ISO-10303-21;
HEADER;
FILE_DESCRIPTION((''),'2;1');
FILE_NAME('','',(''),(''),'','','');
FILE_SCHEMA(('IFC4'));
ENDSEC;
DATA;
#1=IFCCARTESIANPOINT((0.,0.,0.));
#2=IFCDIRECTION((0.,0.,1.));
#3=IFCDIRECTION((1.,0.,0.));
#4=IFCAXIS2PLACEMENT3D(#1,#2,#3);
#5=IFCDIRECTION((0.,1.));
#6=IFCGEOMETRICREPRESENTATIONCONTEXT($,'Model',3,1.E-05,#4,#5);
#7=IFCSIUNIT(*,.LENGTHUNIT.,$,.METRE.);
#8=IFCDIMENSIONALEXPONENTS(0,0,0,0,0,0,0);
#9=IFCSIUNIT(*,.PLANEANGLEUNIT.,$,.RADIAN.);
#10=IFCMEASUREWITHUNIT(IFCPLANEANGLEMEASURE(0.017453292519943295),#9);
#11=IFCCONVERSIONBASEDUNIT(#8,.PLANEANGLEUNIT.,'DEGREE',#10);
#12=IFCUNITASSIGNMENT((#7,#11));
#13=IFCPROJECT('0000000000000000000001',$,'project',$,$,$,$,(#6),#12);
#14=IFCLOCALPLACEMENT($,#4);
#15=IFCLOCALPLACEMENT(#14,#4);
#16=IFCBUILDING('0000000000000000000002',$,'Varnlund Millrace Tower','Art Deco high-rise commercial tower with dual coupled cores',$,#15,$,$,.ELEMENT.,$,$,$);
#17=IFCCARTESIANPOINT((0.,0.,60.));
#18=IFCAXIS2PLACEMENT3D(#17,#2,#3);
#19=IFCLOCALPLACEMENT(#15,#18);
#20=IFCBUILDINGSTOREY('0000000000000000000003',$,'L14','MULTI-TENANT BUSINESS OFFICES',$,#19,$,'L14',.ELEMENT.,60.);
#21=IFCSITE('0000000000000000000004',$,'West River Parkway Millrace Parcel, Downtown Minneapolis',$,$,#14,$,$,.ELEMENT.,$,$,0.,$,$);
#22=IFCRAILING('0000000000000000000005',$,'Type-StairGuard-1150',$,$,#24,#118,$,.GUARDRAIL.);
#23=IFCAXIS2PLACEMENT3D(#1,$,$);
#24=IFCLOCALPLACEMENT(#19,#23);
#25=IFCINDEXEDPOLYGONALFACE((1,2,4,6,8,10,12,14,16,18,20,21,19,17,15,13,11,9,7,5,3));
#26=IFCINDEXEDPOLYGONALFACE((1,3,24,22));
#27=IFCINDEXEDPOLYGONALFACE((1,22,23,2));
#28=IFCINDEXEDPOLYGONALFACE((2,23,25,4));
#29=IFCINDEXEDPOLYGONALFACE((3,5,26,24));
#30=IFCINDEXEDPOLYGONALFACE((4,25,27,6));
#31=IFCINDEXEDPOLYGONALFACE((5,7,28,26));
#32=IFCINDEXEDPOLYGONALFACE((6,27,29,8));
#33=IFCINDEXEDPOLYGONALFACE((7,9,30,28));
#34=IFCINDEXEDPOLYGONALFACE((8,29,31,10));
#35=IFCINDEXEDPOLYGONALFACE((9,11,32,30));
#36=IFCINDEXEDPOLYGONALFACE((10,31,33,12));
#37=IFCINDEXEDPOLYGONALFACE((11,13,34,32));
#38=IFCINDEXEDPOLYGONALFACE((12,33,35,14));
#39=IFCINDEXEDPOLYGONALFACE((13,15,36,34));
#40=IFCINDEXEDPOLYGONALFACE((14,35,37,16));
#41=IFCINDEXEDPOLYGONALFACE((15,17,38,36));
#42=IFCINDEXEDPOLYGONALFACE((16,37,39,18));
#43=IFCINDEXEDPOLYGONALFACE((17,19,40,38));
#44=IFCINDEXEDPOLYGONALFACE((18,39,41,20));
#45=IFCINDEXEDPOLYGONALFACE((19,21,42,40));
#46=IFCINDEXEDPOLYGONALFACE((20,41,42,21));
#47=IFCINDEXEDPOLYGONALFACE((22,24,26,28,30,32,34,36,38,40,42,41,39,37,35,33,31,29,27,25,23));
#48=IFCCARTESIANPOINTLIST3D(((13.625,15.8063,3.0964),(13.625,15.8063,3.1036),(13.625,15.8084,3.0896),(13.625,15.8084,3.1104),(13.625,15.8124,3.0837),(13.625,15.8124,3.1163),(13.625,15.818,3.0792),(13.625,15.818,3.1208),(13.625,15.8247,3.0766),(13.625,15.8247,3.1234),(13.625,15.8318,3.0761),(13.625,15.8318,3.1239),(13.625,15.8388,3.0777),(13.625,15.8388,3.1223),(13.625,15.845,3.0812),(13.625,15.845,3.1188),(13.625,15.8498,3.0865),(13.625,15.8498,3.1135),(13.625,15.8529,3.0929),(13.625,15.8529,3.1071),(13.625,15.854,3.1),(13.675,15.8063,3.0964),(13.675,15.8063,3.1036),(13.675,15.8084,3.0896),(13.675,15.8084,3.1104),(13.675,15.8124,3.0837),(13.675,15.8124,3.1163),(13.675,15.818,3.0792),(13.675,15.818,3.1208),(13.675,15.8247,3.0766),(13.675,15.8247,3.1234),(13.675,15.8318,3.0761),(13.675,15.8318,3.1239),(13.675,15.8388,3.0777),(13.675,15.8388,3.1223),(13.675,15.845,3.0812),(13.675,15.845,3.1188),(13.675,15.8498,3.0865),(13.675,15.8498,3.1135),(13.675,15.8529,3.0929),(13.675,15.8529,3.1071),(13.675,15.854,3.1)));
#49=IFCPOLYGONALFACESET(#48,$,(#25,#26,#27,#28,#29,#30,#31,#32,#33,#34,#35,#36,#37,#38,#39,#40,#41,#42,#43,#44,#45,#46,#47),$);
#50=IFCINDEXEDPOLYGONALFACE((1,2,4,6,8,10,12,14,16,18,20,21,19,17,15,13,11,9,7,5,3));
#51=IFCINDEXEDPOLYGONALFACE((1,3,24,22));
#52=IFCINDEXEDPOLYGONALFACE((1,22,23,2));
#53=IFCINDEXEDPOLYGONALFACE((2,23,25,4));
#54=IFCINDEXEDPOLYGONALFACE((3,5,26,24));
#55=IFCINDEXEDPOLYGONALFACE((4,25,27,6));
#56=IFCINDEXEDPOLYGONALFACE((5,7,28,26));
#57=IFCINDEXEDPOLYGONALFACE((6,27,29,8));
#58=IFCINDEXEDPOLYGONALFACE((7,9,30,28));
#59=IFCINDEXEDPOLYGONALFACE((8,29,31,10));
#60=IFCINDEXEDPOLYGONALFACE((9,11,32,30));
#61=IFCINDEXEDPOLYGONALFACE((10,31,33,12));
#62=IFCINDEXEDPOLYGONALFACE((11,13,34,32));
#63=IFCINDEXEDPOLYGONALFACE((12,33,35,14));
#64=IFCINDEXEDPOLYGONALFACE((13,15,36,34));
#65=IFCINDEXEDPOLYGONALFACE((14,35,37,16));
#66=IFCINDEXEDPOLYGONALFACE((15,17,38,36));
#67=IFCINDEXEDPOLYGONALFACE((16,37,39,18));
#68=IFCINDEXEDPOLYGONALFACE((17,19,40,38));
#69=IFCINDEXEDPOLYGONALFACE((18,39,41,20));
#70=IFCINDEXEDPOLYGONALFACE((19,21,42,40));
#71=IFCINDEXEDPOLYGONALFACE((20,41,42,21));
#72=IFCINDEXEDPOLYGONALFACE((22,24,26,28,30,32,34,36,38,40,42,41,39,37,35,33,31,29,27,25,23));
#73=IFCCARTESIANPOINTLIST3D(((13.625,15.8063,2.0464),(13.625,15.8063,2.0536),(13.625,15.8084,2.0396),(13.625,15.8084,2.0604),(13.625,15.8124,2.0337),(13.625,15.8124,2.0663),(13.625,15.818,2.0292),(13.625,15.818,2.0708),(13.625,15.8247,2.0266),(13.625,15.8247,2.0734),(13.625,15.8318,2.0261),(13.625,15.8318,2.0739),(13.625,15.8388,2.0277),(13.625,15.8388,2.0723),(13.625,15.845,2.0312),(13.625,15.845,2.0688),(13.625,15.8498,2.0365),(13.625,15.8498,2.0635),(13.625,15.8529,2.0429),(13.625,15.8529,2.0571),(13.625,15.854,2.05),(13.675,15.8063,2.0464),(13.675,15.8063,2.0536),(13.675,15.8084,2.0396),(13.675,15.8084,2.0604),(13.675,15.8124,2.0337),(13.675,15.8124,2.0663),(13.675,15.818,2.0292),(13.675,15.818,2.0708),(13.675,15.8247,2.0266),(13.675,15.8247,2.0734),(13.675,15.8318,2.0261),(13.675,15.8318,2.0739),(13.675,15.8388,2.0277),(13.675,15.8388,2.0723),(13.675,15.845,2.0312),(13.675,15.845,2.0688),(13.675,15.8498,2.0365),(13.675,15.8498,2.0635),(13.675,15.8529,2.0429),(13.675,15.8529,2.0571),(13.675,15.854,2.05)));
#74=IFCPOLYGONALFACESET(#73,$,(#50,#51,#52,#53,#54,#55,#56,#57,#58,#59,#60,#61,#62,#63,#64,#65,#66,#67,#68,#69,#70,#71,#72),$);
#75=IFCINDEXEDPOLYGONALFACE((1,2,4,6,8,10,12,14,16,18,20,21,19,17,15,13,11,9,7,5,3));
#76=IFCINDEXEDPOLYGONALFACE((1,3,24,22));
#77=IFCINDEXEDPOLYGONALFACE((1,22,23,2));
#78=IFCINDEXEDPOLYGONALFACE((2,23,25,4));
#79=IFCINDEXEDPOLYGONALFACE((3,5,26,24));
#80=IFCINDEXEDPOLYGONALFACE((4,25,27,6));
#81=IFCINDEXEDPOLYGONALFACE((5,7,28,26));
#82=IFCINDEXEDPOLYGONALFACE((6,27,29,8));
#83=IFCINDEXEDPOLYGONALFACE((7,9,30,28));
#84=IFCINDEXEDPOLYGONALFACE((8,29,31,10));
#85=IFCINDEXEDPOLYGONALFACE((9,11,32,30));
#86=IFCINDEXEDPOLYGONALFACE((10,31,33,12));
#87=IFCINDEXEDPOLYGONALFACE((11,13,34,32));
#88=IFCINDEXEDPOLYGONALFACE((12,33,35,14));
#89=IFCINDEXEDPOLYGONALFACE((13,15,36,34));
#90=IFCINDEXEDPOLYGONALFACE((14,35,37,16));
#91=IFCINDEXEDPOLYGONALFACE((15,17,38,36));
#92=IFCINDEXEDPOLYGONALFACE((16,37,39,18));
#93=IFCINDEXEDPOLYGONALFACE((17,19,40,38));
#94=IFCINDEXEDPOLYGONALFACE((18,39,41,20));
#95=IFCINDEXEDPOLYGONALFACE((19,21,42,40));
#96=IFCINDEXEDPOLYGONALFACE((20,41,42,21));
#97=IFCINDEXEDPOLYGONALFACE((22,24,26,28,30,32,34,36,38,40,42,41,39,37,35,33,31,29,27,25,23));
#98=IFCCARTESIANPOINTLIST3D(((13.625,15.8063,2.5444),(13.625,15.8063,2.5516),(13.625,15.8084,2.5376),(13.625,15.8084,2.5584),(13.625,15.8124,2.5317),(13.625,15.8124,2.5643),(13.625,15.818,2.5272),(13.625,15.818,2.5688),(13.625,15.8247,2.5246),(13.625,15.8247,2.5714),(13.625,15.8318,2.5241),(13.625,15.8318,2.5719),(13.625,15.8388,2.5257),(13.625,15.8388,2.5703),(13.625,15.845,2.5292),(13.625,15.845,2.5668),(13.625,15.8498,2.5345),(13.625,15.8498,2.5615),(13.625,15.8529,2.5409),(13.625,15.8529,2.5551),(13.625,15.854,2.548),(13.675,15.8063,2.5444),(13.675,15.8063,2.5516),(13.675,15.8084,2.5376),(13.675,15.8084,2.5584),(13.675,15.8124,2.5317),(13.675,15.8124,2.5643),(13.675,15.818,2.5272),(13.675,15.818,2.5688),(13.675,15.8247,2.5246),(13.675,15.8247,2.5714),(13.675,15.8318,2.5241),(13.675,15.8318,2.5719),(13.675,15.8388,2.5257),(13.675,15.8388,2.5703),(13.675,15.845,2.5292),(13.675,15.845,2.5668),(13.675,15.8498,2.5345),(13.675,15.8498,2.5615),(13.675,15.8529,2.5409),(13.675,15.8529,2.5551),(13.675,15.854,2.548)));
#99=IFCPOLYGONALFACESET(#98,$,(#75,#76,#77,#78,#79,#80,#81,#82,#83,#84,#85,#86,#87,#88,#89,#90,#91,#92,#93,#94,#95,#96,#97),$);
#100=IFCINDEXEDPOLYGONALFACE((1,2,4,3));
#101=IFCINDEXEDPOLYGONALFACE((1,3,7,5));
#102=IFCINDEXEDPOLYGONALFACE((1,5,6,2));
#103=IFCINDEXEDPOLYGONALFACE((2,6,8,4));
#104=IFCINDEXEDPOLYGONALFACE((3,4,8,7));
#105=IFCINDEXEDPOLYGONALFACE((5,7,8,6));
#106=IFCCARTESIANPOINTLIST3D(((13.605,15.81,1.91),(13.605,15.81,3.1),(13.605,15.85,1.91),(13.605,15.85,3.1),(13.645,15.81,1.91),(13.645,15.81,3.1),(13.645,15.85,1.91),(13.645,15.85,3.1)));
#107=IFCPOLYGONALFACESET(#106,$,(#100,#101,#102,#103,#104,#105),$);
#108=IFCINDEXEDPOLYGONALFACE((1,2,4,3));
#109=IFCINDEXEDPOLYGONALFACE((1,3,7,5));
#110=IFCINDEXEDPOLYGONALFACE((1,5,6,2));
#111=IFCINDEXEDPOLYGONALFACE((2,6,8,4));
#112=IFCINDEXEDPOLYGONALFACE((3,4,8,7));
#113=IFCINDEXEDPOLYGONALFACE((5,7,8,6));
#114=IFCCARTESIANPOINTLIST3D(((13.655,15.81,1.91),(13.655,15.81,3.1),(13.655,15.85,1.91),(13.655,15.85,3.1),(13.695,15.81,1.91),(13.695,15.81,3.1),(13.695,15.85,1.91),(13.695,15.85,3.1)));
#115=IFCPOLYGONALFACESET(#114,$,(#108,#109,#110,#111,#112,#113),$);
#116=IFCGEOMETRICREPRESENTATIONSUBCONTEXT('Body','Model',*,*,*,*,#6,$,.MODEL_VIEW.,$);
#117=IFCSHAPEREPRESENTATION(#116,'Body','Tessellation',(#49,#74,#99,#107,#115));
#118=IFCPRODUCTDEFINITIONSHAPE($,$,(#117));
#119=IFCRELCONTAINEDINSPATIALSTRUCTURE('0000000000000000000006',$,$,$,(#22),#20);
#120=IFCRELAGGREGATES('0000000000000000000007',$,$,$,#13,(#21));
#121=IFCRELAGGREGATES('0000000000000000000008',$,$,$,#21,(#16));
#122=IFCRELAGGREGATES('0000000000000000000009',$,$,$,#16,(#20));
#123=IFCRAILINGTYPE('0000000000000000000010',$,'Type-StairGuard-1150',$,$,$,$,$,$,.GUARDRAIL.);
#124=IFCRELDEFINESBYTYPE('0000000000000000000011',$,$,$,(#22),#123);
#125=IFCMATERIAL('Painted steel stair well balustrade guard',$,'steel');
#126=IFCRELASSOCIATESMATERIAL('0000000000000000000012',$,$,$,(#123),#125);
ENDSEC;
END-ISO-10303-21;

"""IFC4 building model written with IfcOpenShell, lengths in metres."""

from ifc_helpers import new_model, entity, si_unit, converted_unit, direction, frame, origin_with_axes, origin_2d_with_axis, place, context, subcontext, project, spatial, rectangle, circle, extrude, material, type_object, element, save


model = new_model("IFC4")

# Units and contexts
model_context = context("Model", 3, precision=1e-05, world=origin_with_axes(), true_north=direction((0.0, 1.0)))
body_context = subcontext(model_context, "Body", "Model", "MODEL_VIEW")
ifc_project = project(units=[si_unit("LENGTHUNIT", "METRE"), converted_unit("PLANEANGLEUNIT", "DEGREE", entity("IfcPlaneAngleMeasure", 0.017453292519943295), si_unit("PLANEANGLEUNIT", "RADIAN"), dimensions=[0, 0, 0, 0, 0, 0, 0])], contexts=[model_context])

# Site, building, storey
site_placement = place(None, origin_with_axes())
site = spatial("IfcSite", under=ifc_project, at=site_placement, Name="West River Parkway Millrace Parcel, Downtown Minneapolis", CompositionType="ELEMENT", RefElevation=0.0)
building_placement = place(site_placement, origin_with_axes())
building = spatial("IfcBuilding", under=site, at=building_placement, Name="Varnlund Millrace Tower", Description="Art Deco high-rise commercial tower with dual coupled cores", CompositionType="ELEMENT")
storey_placement = place(building_placement, frame((0.0, 0.0, 60.0), z_axis=(0.0, 0.0, 1.0), x_axis=(1.0, 0.0, 0.0)))
storey = spatial("IfcBuildingStorey", under=building, at=storey_placement, Name="L14", Description="MULTI-TENANT BUSINESS OFFICES", LongName="L14", CompositionType="ELEMENT", Elevation=60.0)

# Railing
ifc_material_1 = material(Name="Painted steel stair well balustrade guard", Category="steel")
railing_type_1 = type_object("IfcRailingType", Name="Type-StairGuard-1150", PredefinedType="GUARDRAIL", material=ifc_material_1)
railing_1_placement = place(storey_placement, frame((0.0, 0.0, -60.0), z_axis=(0.0, 0.0, 1.0), x_axis=(1.0, 0.0, 0.0)))
element("IfcRailing", 1, at=railing_1_placement, inside=storey, type_object=railing_type_1, Name="Type-StairGuard-1150", PredefinedType="GUARDRAIL", context=body_context, shape_type="SweptSolid", body=[
    extrude(circle(Radius=0.024, at=origin_2d_with_axis()), frame((13.625, 15.83, 63.1), z_axis=(1.0, 0.0, 0.0), x_axis=(0.0, 1.0, 0.0)), (0.0, 0.0, 1.0), 0.05),
    extrude(circle(Radius=0.024, at=origin_2d_with_axis()), frame((13.625, 15.83, 62.05), z_axis=(1.0, 0.0, 0.0), x_axis=(0.0, 1.0, 0.0)), (0.0, 0.0, 1.0), 0.05),
    extrude(circle(Radius=0.024, at=origin_2d_with_axis()), frame((13.625, 15.83, 62.548), z_axis=(1.0, 0.0, 0.0), x_axis=(0.0, 1.0, 0.0)), (0.0, 0.0, 1.0), 0.05),
    extrude(rectangle(XDim=0.04, YDim=0.04, at=origin_2d_with_axis()), frame((13.625, 15.83, 61.91), z_axis=(0.0, 0.0, 1.0), x_axis=(1.0, 0.0, 0.0)), (0.0, 0.0, 1.0), 1.19),
    extrude(rectangle(XDim=0.04, YDim=0.04, at=origin_2d_with_axis()), frame((13.675, 15.83, 61.91), z_axis=(0.0, 0.0, 1.0), x_axis=(1.0, 0.0, 0.0)), (0.0, 0.0, 1.0), 1.19),
])

save(model, "model.ifc")
